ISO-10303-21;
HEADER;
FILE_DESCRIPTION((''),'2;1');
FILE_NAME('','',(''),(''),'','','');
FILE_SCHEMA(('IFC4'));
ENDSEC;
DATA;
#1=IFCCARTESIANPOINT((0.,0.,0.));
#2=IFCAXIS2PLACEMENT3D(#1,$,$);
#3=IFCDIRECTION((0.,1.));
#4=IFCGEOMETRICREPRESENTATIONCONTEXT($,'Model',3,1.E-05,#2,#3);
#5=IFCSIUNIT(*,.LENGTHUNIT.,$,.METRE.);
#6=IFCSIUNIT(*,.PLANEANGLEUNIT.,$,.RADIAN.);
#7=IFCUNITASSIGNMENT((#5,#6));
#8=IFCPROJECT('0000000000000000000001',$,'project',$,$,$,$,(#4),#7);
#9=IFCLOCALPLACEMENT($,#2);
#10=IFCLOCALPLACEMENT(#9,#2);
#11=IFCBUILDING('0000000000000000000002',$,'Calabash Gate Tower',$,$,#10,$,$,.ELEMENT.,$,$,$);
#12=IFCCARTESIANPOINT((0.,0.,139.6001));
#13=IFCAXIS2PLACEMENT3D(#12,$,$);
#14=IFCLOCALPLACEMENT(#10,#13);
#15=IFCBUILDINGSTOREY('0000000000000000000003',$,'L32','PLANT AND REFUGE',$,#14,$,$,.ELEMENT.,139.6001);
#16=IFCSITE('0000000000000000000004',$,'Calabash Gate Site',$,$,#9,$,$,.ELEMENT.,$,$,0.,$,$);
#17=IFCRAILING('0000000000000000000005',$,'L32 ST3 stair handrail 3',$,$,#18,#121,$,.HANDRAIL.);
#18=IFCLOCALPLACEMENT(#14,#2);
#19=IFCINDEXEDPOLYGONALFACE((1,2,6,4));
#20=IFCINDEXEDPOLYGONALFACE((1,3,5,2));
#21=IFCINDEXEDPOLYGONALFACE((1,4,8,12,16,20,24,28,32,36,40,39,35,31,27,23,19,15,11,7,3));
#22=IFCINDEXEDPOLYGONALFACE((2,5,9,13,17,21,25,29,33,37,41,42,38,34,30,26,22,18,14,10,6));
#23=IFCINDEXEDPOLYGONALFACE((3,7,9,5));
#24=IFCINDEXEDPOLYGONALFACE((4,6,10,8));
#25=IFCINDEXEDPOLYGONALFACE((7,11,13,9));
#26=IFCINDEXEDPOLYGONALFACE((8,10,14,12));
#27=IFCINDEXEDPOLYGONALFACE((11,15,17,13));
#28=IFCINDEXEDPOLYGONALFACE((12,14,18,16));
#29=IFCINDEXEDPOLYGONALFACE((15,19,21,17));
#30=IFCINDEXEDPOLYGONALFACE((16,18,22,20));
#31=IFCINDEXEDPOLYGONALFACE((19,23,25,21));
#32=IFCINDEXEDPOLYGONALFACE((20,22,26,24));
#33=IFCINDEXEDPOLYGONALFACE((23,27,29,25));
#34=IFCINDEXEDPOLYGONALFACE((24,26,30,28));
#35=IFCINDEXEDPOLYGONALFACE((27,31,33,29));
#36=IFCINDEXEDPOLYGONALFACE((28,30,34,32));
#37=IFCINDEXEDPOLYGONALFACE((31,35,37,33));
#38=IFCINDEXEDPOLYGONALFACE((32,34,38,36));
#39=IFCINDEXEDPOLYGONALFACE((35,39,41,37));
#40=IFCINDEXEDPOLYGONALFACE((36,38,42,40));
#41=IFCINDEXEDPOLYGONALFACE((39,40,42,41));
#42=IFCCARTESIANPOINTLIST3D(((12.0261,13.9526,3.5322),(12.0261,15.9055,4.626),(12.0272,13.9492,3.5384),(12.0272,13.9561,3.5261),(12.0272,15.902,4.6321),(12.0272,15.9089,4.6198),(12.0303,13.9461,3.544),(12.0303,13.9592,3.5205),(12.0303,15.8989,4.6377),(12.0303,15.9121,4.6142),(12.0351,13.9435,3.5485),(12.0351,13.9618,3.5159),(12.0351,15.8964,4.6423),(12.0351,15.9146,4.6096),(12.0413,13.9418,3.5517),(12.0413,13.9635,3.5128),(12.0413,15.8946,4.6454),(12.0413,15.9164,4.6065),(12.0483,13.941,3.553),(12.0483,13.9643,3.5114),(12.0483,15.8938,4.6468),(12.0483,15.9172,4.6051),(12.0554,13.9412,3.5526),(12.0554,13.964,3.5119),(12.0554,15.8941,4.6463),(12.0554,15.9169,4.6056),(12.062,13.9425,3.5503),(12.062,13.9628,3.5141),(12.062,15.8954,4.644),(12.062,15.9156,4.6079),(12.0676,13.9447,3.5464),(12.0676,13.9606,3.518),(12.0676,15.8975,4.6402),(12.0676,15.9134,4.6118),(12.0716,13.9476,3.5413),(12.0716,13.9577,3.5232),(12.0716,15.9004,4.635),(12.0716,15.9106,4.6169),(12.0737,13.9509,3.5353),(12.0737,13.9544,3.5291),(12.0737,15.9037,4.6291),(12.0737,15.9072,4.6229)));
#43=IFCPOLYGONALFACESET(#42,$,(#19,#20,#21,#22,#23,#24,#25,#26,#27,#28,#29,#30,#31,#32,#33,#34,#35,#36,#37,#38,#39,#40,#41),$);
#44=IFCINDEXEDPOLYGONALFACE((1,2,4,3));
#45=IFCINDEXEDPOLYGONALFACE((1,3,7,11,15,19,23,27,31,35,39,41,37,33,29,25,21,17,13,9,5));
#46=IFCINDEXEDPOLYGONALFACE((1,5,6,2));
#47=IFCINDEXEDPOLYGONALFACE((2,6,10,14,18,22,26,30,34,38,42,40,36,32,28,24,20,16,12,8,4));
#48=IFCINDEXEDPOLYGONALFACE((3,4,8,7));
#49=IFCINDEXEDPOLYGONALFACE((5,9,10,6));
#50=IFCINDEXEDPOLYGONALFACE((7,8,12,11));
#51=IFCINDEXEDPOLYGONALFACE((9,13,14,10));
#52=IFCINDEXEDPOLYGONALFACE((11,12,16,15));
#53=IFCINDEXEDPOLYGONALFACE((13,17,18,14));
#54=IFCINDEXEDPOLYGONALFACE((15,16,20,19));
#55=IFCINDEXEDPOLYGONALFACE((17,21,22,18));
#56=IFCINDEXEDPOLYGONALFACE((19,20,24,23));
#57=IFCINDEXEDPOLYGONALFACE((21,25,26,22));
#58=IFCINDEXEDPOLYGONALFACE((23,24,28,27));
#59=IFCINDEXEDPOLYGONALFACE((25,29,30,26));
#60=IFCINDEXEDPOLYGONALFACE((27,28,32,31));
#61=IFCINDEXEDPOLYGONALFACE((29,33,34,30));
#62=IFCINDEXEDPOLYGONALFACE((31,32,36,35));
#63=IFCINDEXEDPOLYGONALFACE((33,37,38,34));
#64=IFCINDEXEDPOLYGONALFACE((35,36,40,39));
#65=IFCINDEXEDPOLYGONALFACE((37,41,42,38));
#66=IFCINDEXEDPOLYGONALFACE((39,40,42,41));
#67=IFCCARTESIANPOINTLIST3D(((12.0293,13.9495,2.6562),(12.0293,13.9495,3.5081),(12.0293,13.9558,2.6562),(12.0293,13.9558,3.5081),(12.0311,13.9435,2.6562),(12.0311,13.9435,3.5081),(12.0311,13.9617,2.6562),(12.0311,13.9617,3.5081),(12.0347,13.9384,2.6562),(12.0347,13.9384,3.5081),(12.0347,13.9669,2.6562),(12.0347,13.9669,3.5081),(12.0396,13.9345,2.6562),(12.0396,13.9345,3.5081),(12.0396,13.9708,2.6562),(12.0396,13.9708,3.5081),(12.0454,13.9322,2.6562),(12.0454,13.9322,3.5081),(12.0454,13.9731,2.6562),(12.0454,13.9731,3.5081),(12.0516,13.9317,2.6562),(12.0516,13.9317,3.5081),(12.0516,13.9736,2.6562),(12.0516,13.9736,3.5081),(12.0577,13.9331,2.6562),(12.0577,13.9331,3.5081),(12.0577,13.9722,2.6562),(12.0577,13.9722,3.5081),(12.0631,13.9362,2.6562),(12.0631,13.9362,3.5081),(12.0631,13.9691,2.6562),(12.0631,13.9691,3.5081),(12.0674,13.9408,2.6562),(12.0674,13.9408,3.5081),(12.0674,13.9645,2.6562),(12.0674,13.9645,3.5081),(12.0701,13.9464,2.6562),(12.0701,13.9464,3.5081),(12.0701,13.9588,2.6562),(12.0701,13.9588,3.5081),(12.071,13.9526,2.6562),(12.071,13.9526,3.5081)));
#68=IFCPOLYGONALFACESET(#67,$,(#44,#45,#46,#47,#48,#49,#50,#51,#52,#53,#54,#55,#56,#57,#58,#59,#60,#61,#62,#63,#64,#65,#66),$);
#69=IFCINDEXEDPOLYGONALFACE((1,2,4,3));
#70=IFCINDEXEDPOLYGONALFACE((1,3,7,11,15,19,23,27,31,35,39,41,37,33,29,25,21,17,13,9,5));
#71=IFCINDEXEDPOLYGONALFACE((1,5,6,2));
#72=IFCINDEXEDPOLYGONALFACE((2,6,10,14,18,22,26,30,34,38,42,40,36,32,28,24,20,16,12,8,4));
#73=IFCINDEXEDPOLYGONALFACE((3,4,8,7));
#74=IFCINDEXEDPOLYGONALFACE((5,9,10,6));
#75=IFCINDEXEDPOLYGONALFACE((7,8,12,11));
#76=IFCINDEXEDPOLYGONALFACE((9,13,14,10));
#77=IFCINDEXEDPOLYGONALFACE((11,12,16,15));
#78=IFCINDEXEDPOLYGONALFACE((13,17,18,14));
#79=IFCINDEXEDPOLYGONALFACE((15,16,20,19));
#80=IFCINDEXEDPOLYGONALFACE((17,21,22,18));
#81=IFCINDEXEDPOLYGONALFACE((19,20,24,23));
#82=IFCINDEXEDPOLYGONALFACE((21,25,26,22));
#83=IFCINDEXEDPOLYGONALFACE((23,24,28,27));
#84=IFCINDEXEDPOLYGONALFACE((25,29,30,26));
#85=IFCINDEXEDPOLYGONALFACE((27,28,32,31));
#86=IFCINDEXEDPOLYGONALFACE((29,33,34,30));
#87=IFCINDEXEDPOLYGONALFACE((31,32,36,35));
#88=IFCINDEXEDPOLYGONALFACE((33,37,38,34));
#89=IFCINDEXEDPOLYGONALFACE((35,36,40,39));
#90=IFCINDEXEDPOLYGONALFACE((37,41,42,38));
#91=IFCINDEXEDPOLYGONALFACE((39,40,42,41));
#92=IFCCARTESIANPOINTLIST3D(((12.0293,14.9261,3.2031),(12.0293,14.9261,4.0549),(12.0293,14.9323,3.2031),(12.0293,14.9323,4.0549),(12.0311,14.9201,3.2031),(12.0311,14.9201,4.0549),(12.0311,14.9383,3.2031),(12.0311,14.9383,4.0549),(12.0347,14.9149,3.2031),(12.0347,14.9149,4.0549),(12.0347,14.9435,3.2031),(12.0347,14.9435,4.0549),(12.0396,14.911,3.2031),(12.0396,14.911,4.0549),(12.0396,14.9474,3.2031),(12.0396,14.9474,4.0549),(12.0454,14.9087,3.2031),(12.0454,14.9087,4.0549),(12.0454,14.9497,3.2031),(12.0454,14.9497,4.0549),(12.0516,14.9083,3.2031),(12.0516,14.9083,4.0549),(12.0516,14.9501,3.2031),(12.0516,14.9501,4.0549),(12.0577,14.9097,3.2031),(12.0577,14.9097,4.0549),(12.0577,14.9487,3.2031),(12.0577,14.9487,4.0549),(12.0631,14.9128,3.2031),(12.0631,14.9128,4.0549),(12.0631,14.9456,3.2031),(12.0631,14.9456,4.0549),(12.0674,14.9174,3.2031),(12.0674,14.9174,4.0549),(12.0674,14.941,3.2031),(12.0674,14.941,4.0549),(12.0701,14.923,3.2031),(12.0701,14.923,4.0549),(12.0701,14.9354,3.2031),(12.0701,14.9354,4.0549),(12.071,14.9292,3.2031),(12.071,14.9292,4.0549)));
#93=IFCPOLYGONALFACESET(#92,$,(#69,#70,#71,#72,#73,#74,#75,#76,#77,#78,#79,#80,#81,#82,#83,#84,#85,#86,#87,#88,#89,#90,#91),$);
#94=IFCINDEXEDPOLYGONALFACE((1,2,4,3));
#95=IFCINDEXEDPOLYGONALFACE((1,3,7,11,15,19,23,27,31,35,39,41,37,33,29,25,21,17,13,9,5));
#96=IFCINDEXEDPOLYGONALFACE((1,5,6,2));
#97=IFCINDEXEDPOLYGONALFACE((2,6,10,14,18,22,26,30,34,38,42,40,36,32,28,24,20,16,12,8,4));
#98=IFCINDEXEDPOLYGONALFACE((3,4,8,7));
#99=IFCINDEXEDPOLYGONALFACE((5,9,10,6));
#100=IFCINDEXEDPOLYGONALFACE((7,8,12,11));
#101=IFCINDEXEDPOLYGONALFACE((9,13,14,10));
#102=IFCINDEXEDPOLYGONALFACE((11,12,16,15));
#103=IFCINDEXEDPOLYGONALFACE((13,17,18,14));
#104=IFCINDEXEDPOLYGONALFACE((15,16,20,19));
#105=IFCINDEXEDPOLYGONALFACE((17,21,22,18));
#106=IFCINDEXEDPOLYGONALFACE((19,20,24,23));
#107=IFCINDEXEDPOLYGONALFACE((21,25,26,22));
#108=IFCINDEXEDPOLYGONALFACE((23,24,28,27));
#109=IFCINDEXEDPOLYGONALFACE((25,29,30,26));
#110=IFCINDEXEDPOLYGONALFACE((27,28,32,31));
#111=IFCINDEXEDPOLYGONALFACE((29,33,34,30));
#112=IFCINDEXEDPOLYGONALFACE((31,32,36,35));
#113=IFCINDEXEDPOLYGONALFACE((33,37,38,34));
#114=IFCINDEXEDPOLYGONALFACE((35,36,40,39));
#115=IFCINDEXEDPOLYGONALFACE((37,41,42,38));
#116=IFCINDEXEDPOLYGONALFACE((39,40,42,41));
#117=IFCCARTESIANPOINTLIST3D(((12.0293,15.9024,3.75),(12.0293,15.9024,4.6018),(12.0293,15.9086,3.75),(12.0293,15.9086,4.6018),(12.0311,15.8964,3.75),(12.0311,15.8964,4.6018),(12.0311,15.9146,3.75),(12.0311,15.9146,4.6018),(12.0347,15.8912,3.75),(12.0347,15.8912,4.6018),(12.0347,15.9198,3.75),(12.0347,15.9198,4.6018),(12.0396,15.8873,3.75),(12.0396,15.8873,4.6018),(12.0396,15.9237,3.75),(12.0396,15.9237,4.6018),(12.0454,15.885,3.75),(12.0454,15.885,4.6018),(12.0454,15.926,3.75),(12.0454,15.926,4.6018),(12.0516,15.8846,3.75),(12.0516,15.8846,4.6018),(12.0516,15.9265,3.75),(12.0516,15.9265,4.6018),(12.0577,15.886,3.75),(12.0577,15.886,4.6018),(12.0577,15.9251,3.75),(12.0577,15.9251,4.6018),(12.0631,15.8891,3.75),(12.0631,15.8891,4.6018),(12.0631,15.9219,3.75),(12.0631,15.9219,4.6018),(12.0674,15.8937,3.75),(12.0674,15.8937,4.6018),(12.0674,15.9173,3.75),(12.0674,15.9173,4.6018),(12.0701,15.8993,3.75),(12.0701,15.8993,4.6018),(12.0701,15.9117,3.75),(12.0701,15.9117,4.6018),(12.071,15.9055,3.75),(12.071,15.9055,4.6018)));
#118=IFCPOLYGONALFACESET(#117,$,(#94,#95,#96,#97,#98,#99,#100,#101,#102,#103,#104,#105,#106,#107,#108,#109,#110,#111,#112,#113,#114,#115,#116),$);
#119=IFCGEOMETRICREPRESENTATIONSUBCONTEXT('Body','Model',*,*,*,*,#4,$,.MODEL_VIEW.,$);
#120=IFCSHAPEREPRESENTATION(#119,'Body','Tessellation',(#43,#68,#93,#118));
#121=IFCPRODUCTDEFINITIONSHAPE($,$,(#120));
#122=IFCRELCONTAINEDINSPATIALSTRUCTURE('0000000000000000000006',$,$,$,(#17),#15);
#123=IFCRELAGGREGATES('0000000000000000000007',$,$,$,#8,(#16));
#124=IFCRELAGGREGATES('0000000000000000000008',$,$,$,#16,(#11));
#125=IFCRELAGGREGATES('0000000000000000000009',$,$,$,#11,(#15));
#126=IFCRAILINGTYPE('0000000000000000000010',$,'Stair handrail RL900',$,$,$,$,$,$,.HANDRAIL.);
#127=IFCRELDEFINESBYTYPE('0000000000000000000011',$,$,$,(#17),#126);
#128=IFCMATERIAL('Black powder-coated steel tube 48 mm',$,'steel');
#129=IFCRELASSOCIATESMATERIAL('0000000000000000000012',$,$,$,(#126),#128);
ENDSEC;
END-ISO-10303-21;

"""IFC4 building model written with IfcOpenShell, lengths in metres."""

from ifc_helpers import new_model, si_unit, direction, frame, origin, origin_2d, place, context, subcontext, project, spatial, circle, extrude, material, type_object, element, save


model = new_model("IFC4")

# Units and contexts
model_context = context("Model", 3, precision=1e-05, world=origin(), true_north=direction((0.0, 1.0)))
body_context = subcontext(model_context, "Body", "Model", "MODEL_VIEW")
ifc_project = project(units=[si_unit("LENGTHUNIT", "METRE"), si_unit("PLANEANGLEUNIT", "RADIAN")], contexts=[model_context])

# Site, building, storey
site_placement = place(None, origin())
site = spatial("IfcSite", under=ifc_project, at=site_placement, Name="Calabash Gate Site", CompositionType="ELEMENT", RefElevation=0.0)
building_placement = place(site_placement, origin())
building = spatial("IfcBuilding", under=site, at=building_placement, Name="Calabash Gate Tower", CompositionType="ELEMENT")
storey_placement = place(building_placement, frame((0.0, 0.0, 139.6001)))
storey = spatial("IfcBuildingStorey", under=building, at=storey_placement, Name="L32", Description="PLANT AND REFUGE", CompositionType="ELEMENT", Elevation=139.6001)

# Railing
ifc_material_1 = material(Name="Black powder-coated steel tube 48 mm", Category="steel")
railing_type_1 = type_object("IfcRailingType", Name="Stair handrail RL900", PredefinedType="HANDRAIL", material=ifc_material_1)
railing_1_placement = place(storey_placement, frame((12.05, 13.9526, 2.6562)))
element("IfcRailing", 1, at=railing_1_placement, inside=storey, type_object=railing_type_1, Name="L32 ST3 stair handrail 3", PredefinedType="HANDRAIL", context=body_context, shape_type="SweptSolid", body=[
    extrude(circle(Radius=0.0239, at=origin_2d()), frame((0.0, 0.0, 0.876), z_axis=(0.0, 0.87248, 0.48865), x_axis=(-1.0, 0.0, 0.0)), (0.0, 0.0, 1.0), 2.2383),
    extrude(circle(Radius=0.021, at=origin_2d()), origin(), (0.0, 0.0, 1.0), 0.8518),
    extrude(circle(Radius=0.021, at=origin_2d()), frame((0.0, 0.9766, 0.5469)), (0.0, 0.0, 1.0), 0.8518),
    extrude(circle(Radius=0.021, at=origin_2d()), frame((0.0, 1.9529, 1.0938)), (0.0, 0.0, 1.0), 0.8518),
])

save(model, "model.ifc")
